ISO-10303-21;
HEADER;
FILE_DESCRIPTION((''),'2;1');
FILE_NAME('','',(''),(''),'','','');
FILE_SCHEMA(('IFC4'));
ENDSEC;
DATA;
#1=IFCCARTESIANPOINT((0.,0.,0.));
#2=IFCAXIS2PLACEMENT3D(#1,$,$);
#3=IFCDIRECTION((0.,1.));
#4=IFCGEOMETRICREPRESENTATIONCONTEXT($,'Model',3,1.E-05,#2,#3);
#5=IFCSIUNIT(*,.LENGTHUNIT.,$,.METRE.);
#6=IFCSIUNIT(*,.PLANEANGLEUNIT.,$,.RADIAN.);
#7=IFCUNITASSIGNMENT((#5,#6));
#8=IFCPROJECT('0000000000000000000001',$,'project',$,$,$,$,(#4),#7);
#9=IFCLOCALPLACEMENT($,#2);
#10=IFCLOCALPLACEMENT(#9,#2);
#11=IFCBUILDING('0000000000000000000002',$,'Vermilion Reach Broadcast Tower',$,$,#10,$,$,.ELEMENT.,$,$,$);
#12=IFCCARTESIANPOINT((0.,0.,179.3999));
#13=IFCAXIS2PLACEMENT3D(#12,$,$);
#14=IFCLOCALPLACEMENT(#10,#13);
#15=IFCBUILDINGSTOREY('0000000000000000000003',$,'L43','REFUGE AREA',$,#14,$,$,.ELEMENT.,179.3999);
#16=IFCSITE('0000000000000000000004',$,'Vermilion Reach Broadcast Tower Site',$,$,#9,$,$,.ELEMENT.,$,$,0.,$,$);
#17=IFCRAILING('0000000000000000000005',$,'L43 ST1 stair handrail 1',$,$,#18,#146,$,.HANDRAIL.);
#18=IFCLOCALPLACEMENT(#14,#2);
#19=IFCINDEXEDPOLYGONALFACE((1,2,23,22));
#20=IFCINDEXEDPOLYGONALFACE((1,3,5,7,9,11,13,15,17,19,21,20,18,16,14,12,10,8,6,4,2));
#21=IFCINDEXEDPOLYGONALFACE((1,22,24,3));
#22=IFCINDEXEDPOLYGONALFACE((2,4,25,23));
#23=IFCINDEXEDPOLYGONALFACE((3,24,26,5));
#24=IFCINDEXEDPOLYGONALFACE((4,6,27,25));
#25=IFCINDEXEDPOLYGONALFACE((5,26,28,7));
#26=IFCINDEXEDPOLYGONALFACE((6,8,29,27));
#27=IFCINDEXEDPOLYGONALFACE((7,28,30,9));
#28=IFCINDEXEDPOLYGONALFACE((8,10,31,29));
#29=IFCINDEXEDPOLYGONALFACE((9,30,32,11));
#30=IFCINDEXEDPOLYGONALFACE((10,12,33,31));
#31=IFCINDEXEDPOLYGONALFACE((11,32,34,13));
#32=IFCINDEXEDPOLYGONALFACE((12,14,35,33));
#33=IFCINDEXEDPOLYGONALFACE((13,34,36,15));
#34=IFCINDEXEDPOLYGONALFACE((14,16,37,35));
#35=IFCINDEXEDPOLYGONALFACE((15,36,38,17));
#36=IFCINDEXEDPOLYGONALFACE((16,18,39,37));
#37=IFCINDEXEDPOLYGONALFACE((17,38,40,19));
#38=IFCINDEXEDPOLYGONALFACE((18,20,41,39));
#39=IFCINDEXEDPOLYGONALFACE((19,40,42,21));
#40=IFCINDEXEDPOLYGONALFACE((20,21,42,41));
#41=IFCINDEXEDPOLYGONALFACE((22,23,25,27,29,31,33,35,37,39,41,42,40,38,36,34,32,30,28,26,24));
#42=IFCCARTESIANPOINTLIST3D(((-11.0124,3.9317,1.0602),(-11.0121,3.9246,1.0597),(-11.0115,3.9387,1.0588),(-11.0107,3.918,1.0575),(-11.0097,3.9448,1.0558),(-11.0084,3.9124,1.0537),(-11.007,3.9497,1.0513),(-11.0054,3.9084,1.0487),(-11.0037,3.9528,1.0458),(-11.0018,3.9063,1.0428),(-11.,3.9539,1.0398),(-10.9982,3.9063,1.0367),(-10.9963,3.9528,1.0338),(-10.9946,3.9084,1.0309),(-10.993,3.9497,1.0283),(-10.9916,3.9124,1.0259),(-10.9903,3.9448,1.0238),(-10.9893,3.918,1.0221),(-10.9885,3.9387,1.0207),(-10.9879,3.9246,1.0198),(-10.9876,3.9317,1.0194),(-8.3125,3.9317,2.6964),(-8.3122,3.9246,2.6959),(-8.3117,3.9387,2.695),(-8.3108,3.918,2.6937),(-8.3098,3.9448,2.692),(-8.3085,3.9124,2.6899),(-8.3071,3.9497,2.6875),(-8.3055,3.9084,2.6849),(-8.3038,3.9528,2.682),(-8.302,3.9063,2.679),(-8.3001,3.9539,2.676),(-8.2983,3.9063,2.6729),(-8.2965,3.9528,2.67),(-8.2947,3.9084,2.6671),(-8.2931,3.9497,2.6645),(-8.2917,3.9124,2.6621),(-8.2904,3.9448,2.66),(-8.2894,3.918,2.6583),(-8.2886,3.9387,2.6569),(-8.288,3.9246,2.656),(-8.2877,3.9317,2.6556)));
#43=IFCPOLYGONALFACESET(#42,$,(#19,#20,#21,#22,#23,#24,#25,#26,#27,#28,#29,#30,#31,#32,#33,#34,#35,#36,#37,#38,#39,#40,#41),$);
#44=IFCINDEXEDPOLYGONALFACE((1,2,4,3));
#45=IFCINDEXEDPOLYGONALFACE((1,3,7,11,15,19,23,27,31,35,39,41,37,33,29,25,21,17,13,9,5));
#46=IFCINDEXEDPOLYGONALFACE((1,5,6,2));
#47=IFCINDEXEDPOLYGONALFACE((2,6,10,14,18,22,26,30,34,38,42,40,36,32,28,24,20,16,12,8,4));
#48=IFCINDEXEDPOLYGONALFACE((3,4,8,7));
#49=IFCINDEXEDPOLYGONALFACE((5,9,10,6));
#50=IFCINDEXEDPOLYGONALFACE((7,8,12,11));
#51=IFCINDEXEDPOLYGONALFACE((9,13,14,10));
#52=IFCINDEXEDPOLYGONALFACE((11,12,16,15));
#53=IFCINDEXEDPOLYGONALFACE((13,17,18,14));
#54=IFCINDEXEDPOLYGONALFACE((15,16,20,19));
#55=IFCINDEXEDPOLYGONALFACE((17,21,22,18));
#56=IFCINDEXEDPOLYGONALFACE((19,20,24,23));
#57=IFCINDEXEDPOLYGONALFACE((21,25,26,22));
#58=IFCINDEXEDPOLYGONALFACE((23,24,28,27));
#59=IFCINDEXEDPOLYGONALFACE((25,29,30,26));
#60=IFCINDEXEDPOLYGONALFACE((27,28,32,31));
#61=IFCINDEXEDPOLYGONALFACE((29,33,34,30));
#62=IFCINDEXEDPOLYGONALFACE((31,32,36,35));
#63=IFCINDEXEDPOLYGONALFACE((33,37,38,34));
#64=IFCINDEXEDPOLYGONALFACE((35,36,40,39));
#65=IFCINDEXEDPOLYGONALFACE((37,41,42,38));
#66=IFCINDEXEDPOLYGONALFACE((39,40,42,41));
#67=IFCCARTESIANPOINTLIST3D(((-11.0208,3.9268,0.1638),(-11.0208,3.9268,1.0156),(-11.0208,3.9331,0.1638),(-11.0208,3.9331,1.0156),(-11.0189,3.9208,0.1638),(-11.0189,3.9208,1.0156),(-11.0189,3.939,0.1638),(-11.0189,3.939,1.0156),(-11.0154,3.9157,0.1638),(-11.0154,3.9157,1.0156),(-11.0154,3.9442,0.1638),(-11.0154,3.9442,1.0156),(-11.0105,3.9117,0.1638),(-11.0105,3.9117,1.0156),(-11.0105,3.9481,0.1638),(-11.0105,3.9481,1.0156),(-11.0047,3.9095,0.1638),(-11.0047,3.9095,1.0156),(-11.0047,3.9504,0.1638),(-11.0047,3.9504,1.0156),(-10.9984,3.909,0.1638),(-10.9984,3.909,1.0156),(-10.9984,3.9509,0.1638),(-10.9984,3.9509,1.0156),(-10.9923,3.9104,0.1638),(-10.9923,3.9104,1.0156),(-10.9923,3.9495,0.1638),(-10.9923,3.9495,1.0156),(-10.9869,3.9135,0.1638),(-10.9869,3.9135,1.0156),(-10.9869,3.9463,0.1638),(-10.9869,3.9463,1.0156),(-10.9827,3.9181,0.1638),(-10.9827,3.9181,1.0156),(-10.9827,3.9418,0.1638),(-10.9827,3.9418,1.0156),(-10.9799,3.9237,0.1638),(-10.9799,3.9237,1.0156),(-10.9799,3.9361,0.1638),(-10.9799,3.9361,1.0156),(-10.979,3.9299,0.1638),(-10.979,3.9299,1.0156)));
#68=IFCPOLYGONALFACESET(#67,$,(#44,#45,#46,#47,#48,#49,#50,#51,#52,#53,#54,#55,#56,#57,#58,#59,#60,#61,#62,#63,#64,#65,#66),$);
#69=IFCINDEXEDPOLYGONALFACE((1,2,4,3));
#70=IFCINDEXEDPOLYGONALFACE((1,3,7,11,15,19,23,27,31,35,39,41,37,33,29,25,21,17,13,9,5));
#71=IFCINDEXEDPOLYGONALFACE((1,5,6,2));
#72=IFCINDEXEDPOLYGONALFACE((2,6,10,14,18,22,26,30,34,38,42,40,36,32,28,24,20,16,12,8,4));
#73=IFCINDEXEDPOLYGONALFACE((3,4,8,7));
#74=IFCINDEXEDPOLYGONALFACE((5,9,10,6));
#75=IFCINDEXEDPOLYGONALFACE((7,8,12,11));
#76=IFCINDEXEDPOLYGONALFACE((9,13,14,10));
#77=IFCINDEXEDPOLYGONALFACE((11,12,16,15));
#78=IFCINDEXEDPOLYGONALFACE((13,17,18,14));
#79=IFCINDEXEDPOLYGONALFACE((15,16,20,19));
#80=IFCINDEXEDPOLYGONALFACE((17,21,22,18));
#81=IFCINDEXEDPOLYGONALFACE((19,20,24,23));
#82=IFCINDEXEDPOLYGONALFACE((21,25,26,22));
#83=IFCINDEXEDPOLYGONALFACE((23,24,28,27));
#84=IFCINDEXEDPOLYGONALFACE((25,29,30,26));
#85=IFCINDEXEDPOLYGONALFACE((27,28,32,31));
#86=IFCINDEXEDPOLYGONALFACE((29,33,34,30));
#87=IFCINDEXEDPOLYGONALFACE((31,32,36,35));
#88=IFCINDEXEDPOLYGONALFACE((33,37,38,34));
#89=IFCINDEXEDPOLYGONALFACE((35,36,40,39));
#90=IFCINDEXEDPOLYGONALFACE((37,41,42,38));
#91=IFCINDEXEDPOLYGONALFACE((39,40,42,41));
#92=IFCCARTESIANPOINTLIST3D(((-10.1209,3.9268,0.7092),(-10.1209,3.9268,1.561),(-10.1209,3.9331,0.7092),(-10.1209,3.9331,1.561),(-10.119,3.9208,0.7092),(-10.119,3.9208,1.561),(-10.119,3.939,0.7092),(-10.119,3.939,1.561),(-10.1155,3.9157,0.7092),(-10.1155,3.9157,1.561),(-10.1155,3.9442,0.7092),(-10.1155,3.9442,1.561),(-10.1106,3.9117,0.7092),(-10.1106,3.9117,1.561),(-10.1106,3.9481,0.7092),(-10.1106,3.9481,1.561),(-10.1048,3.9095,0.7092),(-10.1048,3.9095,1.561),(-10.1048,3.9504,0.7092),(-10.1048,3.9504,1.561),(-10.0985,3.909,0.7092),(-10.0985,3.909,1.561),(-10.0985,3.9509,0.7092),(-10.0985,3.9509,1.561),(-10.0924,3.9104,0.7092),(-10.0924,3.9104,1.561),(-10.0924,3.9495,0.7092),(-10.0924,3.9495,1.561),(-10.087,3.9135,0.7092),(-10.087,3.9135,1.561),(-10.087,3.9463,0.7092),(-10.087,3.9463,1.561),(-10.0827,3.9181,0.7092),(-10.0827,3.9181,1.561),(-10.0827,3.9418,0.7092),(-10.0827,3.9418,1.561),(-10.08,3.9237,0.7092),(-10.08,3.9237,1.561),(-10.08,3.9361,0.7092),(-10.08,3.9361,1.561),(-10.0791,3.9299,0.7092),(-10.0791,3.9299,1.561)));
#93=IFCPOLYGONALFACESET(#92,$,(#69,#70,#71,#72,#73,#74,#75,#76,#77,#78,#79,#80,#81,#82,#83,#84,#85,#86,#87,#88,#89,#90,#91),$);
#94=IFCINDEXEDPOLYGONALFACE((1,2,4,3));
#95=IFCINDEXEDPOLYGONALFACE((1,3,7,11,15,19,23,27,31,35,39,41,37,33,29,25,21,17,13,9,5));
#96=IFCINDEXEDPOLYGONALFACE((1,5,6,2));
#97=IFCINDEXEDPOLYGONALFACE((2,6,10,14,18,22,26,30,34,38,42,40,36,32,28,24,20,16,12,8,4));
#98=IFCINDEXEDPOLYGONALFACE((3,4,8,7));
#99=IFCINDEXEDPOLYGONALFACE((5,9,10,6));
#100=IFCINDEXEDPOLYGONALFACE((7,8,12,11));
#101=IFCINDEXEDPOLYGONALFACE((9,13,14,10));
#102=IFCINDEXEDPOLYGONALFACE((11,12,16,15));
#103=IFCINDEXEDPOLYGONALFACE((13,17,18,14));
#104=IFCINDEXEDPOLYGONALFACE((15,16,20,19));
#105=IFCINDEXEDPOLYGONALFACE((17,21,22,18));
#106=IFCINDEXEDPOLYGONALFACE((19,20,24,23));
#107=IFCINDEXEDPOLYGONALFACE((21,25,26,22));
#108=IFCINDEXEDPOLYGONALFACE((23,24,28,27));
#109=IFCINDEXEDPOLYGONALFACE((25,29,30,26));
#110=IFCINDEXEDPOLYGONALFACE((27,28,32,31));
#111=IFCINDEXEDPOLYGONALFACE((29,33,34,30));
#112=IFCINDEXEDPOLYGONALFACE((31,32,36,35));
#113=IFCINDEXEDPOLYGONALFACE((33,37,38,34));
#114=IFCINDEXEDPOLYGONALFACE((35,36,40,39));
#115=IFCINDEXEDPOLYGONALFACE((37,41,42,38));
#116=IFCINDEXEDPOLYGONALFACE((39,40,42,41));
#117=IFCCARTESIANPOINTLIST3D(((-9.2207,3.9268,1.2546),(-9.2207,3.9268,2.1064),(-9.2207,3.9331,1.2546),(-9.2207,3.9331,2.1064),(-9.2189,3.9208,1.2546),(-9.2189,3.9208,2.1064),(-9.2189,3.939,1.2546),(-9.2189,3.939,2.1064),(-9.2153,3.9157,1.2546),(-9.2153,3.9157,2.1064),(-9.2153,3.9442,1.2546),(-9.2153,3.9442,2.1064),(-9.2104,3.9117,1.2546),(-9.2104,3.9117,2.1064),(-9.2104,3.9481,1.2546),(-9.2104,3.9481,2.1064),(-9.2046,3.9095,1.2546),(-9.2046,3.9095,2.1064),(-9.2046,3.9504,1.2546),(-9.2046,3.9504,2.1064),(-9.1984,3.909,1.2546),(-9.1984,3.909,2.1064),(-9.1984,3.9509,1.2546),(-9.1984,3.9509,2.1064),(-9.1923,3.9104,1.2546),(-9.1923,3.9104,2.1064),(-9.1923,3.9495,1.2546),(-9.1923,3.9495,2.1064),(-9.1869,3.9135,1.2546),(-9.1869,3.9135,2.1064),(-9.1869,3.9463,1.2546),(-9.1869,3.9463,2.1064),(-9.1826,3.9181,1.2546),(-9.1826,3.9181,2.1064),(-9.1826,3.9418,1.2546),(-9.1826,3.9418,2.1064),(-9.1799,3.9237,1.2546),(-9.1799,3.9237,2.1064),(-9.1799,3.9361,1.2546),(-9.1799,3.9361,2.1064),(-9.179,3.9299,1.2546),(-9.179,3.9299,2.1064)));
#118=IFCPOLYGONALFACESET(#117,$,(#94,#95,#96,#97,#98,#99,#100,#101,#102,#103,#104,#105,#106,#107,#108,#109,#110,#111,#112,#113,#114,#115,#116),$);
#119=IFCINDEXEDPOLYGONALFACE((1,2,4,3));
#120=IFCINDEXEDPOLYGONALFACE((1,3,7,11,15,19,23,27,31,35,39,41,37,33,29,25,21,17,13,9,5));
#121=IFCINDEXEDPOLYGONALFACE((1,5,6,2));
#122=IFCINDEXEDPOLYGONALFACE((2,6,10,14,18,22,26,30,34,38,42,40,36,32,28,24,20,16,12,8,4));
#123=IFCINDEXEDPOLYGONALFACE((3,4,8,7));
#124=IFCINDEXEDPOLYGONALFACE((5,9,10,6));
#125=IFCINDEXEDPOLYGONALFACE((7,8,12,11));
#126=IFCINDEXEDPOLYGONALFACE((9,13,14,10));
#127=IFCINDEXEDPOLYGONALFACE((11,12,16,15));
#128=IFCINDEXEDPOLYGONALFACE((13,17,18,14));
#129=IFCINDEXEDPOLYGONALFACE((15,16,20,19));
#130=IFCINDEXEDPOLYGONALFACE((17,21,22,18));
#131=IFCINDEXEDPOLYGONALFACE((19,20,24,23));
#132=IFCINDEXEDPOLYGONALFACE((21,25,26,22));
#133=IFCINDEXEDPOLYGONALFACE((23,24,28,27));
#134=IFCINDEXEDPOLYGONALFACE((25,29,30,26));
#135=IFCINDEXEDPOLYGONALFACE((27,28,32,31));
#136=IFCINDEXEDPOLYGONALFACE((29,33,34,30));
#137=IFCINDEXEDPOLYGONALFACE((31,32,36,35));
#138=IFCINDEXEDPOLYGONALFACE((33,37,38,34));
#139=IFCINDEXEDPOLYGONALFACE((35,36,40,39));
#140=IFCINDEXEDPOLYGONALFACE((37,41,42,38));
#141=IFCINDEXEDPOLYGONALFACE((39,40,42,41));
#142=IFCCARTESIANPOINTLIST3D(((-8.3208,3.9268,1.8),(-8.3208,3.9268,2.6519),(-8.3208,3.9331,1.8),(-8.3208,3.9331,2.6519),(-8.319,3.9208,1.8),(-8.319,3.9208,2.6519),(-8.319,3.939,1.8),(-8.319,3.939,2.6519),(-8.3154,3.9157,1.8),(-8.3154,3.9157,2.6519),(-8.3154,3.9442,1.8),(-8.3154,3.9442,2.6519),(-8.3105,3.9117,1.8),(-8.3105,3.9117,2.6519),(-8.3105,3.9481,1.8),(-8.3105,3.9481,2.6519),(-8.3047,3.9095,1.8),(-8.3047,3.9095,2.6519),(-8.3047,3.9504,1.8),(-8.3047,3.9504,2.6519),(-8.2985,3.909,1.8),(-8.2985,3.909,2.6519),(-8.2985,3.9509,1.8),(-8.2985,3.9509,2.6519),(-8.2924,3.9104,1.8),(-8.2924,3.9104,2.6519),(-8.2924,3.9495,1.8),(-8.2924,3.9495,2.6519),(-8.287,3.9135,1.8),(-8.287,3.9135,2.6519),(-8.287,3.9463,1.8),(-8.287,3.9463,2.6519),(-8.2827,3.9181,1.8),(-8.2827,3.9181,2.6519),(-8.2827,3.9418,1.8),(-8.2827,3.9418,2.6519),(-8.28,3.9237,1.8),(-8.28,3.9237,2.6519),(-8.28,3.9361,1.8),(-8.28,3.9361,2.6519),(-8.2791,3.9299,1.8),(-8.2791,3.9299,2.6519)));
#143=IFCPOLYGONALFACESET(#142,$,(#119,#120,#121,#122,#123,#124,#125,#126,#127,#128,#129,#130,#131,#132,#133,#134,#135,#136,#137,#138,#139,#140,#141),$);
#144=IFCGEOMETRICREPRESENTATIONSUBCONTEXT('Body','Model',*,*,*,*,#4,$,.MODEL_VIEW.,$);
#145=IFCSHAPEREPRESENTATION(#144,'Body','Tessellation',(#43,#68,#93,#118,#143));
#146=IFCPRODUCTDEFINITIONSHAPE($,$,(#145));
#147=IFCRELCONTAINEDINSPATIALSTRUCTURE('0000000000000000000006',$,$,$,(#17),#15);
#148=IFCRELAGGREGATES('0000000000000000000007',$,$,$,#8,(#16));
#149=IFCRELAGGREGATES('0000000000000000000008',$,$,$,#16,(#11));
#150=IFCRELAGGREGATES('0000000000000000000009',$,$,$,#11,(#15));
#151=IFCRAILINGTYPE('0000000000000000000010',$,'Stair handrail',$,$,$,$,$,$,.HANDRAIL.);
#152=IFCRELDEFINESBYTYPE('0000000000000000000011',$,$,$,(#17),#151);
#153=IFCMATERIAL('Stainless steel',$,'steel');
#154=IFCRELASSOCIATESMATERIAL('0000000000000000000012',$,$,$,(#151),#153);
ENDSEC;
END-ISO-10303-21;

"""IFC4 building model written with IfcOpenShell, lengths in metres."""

from ifc_helpers import new_model, si_unit, direction, frame, origin, origin_2d, place, context, subcontext, project, spatial, circle, extrude, material, type_object, element, save


model = new_model("IFC4")

# Units and contexts
model_context = context("Model", 3, precision=1e-05, world=origin(), true_north=direction((0.0, 1.0)))
body_context = subcontext(model_context, "Body", "Model", "MODEL_VIEW")
ifc_project = project(units=[si_unit("LENGTHUNIT", "METRE"), si_unit("PLANEANGLEUNIT", "RADIAN")], contexts=[model_context])

# Site, building, storey
site_placement = place(None, origin())
site = spatial("IfcSite", under=ifc_project, at=site_placement, Name="Vermilion Reach Broadcast Tower Site", CompositionType="ELEMENT", RefElevation=0.0)
building_placement = place(site_placement, origin())
building = spatial("IfcBuilding", under=site, at=building_placement, Name="Vermilion Reach Broadcast Tower", CompositionType="ELEMENT")
storey_placement = place(building_placement, frame((0.0, 0.0, 179.3999)))
storey = spatial("IfcBuildingStorey", under=building, at=storey_placement, Name="L43", Description="REFUGE AREA", CompositionType="ELEMENT", Elevation=179.3999)

# Railing
ifc_material_1 = material(Name="Stainless steel", Category="steel")
railing_type_1 = type_object("IfcRailingType", Name="Stair handrail", PredefinedType="HANDRAIL", material=ifc_material_1)
railing_1_placement = place(storey_placement, frame((-11.0, 3.9299, 0.1638)))
element("IfcRailing", 1, at=railing_1_placement, inside=storey, type_object=railing_type_1, Name="L43 ST1 stair handrail 1", PredefinedType="HANDRAIL", context=body_context, shape_type="SweptSolid", body=[
    extrude(circle(Radius=0.0239, at=origin_2d()), frame((0.0, 0.0, 0.876), z_axis=(0.855212, 0.0, 0.518278), x_axis=(0.0, 1.0, 0.0)), (0.0, 0.0, 1.0), 3.157),
    extrude(circle(Radius=0.021, at=origin_2d()), origin(), (0.0, 0.0, 1.0), 0.8518),
    extrude(circle(Radius=0.021, at=origin_2d()), frame((0.8999, 0.0, 0.5454)), (0.0, 0.0, 1.0), 0.8518),
    extrude(circle(Radius=0.021, at=origin_2d()), frame((1.8, 0.0, 1.0908)), (0.0, 0.0, 1.0), 0.8518),
    extrude(circle(Radius=0.021, at=origin_2d()), frame((2.7, 0.0, 1.6362)), (0.0, 0.0, 1.0), 0.8518),
])

save(model, "model.ifc")
